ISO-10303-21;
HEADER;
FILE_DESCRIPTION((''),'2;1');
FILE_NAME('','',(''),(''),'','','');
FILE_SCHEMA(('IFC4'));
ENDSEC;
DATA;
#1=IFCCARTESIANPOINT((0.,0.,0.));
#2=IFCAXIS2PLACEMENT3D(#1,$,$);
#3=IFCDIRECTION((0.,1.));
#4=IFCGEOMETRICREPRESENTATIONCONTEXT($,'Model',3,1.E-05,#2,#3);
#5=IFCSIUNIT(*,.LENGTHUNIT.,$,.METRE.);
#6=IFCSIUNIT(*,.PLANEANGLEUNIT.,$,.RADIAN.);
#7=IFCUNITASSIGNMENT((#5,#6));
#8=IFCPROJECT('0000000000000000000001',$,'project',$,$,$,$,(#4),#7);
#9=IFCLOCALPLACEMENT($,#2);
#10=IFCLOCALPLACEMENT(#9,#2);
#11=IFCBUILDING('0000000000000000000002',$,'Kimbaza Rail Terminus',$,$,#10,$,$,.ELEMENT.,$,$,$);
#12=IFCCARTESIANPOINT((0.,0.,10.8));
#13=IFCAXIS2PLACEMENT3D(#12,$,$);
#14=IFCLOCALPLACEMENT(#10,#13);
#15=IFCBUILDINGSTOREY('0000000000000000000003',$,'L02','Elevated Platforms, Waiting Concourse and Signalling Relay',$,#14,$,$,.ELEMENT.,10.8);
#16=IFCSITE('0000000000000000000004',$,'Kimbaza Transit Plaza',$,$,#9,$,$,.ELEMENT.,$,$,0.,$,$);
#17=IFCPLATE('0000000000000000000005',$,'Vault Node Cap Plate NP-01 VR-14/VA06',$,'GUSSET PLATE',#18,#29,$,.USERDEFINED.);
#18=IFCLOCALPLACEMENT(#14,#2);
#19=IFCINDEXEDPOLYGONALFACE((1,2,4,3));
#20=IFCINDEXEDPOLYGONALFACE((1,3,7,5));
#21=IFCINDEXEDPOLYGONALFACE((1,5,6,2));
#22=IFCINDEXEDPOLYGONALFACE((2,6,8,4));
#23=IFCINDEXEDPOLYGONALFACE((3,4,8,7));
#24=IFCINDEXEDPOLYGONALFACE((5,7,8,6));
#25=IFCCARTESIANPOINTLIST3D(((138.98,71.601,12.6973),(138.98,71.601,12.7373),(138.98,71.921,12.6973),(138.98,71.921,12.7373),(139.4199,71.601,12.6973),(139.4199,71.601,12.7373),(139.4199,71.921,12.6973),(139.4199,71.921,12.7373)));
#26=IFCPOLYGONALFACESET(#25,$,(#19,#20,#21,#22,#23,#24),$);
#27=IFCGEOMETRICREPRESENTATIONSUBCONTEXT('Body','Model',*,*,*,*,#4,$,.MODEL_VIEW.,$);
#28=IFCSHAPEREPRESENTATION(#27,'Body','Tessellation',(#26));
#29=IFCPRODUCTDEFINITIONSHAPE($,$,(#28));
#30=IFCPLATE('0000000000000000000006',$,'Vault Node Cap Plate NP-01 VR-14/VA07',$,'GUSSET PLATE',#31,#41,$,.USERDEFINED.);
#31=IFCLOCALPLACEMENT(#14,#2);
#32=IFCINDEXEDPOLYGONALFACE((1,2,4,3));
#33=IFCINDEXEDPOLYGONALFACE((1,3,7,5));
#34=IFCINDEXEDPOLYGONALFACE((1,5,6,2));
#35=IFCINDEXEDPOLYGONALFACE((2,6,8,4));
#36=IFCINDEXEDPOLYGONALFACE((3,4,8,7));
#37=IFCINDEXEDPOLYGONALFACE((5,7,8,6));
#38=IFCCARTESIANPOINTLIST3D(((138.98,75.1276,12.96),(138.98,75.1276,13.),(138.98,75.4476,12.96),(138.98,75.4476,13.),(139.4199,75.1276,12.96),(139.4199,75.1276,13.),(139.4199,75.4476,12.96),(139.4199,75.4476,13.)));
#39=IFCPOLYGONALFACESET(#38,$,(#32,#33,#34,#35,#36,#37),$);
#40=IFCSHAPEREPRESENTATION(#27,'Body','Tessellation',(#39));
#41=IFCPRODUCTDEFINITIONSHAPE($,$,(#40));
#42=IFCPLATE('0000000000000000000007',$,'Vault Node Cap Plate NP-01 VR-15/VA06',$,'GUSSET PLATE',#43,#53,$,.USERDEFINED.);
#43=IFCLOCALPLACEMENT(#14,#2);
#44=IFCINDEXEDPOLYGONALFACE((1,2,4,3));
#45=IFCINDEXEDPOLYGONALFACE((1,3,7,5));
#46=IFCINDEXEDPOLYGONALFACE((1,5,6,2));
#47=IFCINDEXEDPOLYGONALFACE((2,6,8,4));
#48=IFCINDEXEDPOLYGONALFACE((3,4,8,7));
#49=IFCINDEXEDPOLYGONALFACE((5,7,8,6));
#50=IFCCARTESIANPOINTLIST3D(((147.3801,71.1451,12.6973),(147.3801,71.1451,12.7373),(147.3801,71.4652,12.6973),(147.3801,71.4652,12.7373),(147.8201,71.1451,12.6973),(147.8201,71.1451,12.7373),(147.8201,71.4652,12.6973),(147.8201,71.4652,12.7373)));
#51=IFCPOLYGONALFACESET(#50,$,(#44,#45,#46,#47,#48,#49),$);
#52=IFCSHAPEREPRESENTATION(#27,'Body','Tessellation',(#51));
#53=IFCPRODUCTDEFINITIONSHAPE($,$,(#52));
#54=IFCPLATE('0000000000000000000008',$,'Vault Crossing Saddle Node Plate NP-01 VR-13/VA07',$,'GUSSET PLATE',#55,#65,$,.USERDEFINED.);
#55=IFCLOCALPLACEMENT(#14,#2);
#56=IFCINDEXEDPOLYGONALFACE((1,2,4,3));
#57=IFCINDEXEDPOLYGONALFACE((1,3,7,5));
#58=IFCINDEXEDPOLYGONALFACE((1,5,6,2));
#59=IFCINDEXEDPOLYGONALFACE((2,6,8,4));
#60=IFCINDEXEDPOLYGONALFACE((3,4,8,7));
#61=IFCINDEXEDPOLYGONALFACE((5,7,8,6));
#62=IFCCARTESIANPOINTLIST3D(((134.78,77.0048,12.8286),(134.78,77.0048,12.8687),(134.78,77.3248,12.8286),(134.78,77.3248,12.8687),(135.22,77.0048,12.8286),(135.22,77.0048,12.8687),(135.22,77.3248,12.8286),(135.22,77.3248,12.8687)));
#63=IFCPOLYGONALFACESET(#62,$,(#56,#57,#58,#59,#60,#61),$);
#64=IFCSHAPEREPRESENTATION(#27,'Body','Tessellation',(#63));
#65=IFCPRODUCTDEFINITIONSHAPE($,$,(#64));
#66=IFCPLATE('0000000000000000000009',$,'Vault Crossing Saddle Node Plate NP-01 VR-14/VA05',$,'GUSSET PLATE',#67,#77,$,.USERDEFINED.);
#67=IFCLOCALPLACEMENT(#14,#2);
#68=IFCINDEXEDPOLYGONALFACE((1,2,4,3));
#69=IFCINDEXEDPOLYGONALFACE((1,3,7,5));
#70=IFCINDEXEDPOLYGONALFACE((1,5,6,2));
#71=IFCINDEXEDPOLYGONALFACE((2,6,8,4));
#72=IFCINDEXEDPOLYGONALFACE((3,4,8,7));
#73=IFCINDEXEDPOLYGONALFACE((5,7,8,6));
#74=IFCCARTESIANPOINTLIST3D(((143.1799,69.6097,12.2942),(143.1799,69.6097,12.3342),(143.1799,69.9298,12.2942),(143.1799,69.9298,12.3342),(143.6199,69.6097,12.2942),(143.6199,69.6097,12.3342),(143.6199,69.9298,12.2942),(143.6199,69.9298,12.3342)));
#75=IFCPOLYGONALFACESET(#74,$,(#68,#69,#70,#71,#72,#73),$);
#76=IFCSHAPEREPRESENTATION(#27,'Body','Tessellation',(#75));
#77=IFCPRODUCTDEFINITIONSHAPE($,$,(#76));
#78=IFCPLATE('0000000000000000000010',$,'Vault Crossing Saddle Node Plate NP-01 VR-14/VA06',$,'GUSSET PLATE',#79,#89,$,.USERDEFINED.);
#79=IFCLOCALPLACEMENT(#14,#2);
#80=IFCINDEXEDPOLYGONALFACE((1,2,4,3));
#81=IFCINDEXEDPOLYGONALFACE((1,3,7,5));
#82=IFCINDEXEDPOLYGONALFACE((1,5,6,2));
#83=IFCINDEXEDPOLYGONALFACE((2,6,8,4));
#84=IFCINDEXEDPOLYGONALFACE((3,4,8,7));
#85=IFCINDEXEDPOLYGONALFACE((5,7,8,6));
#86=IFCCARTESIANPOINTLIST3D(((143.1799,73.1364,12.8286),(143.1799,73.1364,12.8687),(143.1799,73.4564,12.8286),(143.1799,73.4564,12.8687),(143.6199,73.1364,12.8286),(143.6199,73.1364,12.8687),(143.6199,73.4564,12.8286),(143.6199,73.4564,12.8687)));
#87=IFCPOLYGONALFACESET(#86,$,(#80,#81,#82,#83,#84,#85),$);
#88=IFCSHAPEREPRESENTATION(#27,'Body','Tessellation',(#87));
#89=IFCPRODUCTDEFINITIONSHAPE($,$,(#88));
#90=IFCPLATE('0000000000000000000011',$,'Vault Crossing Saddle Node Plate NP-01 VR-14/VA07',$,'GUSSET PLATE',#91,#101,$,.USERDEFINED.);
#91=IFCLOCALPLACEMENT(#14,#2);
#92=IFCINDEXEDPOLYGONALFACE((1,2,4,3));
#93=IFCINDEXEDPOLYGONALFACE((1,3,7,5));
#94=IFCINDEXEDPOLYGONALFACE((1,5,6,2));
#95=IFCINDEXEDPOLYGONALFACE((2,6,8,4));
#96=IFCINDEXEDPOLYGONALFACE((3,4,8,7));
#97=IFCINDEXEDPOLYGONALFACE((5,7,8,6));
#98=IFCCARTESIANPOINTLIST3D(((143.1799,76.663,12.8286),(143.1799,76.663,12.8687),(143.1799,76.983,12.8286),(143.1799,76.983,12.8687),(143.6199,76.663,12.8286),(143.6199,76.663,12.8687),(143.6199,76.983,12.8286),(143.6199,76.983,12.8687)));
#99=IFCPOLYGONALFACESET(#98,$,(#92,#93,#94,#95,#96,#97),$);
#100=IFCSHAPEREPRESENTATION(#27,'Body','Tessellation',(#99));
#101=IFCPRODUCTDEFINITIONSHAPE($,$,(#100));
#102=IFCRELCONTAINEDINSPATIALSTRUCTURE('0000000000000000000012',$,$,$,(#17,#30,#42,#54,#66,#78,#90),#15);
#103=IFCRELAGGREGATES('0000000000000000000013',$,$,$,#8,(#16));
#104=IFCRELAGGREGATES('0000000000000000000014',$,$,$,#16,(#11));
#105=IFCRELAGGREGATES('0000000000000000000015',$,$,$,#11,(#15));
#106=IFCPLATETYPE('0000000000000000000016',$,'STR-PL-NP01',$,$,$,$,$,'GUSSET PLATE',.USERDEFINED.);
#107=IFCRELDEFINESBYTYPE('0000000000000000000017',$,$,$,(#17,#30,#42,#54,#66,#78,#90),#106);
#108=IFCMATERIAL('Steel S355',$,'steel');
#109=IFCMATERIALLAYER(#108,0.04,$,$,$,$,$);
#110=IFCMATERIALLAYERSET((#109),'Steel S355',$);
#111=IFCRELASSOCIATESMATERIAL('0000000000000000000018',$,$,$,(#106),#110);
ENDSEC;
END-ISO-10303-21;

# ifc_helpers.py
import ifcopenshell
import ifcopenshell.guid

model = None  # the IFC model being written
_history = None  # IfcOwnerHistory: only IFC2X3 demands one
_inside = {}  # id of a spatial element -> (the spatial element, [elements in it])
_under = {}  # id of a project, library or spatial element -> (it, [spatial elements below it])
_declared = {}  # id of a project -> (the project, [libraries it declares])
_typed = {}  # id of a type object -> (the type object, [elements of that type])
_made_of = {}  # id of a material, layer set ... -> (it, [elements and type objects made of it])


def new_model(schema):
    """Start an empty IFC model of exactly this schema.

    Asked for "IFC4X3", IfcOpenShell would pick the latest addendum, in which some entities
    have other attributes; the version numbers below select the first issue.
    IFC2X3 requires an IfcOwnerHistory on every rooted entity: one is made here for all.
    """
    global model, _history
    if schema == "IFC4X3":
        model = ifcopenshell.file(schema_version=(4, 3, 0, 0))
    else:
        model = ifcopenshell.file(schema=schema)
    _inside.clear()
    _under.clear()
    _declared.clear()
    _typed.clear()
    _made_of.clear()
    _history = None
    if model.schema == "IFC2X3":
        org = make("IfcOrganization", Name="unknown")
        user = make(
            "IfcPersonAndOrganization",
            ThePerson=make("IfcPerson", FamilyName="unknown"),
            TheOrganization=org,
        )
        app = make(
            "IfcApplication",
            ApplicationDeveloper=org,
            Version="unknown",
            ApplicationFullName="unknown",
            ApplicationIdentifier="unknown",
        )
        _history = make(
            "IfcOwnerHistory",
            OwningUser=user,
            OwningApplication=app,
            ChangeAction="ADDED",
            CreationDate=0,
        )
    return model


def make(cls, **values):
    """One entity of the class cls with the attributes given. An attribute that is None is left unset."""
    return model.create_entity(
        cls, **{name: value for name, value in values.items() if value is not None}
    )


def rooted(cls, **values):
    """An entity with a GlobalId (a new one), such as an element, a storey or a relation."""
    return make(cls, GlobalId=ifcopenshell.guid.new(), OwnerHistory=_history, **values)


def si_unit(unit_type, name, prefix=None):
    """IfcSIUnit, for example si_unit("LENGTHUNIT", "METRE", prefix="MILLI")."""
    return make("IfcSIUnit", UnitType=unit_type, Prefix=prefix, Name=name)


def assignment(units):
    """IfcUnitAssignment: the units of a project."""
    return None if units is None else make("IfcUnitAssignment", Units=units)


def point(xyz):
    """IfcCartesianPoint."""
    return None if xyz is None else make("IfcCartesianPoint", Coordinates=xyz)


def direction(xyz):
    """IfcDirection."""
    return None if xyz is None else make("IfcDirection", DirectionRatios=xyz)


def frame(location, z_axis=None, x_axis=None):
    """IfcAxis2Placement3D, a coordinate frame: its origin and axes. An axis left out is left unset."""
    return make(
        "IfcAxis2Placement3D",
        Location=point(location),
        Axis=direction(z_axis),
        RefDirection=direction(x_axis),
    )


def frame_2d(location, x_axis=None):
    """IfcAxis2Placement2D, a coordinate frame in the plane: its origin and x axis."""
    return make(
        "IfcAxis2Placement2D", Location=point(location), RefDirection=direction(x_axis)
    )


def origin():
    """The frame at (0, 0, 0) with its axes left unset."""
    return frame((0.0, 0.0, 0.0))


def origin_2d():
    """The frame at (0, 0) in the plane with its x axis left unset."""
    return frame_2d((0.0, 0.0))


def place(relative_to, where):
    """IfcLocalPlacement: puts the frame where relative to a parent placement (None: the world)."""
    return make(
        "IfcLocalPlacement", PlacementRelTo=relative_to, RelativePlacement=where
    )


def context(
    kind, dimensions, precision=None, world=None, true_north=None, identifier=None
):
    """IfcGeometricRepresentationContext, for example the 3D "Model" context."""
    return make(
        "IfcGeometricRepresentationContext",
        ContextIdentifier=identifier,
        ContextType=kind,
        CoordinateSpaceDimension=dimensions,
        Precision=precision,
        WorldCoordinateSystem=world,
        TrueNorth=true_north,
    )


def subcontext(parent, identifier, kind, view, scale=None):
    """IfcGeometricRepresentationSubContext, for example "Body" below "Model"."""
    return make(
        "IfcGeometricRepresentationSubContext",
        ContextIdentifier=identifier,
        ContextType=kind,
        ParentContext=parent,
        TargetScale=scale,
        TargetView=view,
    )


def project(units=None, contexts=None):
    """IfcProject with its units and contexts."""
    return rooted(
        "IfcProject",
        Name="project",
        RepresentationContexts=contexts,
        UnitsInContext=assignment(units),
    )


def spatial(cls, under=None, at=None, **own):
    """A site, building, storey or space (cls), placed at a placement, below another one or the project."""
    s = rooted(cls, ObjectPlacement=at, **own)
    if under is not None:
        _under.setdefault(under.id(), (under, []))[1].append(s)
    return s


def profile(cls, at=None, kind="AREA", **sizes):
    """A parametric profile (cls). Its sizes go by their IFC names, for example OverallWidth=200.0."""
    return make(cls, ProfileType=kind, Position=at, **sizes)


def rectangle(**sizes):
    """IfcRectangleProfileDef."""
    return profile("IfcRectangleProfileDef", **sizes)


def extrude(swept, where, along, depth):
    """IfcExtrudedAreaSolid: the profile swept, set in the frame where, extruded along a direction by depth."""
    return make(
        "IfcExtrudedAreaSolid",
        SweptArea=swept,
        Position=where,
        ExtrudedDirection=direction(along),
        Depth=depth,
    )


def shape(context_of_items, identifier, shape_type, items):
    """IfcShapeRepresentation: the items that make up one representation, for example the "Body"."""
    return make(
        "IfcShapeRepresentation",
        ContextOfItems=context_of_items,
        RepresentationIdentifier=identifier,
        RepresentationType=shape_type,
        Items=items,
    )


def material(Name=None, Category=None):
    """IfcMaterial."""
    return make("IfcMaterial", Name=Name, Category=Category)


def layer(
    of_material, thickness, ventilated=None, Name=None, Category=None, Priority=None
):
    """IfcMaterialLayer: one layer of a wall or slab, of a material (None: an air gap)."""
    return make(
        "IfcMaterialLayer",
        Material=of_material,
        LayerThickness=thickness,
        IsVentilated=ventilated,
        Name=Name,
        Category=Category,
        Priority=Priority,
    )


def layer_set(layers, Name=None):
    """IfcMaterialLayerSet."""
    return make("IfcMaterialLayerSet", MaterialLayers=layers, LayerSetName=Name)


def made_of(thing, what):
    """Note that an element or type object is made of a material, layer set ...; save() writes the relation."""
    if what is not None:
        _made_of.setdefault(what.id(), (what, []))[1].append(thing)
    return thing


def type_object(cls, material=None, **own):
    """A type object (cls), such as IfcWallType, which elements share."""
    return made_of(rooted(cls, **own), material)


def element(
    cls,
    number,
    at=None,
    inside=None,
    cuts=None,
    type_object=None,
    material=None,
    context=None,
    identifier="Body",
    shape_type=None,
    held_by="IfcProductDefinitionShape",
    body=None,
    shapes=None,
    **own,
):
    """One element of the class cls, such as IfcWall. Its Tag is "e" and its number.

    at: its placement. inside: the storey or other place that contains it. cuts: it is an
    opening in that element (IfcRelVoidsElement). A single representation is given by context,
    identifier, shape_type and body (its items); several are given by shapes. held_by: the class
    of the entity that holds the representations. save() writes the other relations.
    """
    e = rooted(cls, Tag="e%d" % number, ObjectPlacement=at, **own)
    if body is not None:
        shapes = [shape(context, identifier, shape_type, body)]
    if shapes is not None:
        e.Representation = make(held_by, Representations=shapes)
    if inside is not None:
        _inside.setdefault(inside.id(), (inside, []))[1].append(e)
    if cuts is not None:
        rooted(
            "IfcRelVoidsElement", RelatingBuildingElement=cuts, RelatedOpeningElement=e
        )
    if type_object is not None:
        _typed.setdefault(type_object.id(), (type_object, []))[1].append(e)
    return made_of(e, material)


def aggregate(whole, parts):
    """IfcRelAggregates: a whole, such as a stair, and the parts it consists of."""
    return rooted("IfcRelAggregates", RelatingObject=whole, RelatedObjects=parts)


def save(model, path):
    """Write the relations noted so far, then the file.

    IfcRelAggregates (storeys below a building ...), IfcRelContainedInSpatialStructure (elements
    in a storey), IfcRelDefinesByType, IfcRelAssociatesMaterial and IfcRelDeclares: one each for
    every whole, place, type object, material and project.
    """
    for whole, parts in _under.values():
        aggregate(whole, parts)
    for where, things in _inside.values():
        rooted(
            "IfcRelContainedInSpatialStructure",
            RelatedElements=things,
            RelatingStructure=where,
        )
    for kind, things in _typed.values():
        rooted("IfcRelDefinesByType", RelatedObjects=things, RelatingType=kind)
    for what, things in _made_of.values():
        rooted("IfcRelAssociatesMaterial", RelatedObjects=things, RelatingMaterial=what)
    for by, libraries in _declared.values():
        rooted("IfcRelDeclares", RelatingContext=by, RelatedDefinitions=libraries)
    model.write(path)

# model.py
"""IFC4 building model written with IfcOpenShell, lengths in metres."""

from ifc_helpers import new_model, si_unit, direction, frame, origin, origin_2d, place, context, subcontext, project, spatial, rectangle, extrude, material, layer, layer_set, type_object, element, save


model = new_model("IFC4")

# Units and contexts
model_context = context("Model", 3, precision=1e-05, world=origin(), true_north=direction((0.0, 1.0)))
body_context = subcontext(model_context, "Body", "Model", "MODEL_VIEW")
ifc_project = project(units=[si_unit("LENGTHUNIT", "METRE"), si_unit("PLANEANGLEUNIT", "RADIAN")], contexts=[model_context])

# Site, building, storey
site_placement = place(None, origin())
site = spatial("IfcSite", under=ifc_project, at=site_placement, Name="Kimbaza Transit Plaza", CompositionType="ELEMENT", RefElevation=0.0)
building_placement = place(site_placement, origin())
building = spatial("IfcBuilding", under=site, at=building_placement, Name="Kimbaza Rail Terminus", CompositionType="ELEMENT")
storey_placement = place(building_placement, frame((0.0, 0.0, 10.8)))
storey = spatial("IfcBuildingStorey", under=building, at=storey_placement, Name="L02", Description="Elevated Platforms, Waiting Concourse and Signalling Relay", CompositionType="ELEMENT", Elevation=10.8)

# Plates
ifc_material_1 = material(Name="Steel S355", Category="steel")
ifc_layer_1 = layer(ifc_material_1, 0.04)
ifc_layer_set_1 = layer_set([ifc_layer_1], Name="Steel S355")
plate_type_1 = type_object("IfcPlateType", Name="STR-PL-NP01", ElementType="GUSSET PLATE", PredefinedType="USERDEFINED", material=ifc_layer_set_1)
for number, where, z_axis, x_axis, name in (
    (1, (139.2, 71.761, 12.6973), (0.0, 0.0, 1.0), (1.0, 0.0, 0.0), "Vault Node Cap Plate NP-01 VR-14/VA06"),
    (2, (139.2, 75.2876, 12.96), (0.0, 0.0, 1.0), (1.0, 0.0, 0.0), "Vault Node Cap Plate NP-01 VR-14/VA07"),
    (3, (147.6001, 71.3052, 12.6973), (0.0, 0.0, 1.0), (1.0, 0.0, 0.0), "Vault Node Cap Plate NP-01 VR-15/VA06"),
    (4, (135.0, 77.1648, 12.8286), (0.0, 0.0, 1.0), (1.0, 0.0, 0.0), "Vault Crossing Saddle Node Plate NP-01 VR-13/VA07"),
    (5, (143.3999, 69.7698, 12.2942), (0.0, 0.0, 1.0), (1.0, 0.0, 0.0), "Vault Crossing Saddle Node Plate NP-01 VR-14/VA05"),
    (6, (143.3999, 73.2964, 12.8286), (0.0, 0.0, 1.0), (1.0, 0.0, 0.0), "Vault Crossing Saddle Node Plate NP-01 VR-14/VA06"),
    (7, (143.3999, 76.823, 12.8286), (0.0, 0.0, 1.0), (1.0, 0.0, 0.0), "Vault Crossing Saddle Node Plate NP-01 VR-14/VA07"),
):
    element("IfcPlate", number, at=place(storey_placement, frame(where, z_axis=z_axis, x_axis=x_axis)), inside=storey, type_object=plate_type_1, Name=name, ObjectType="GUSSET PLATE", PredefinedType="USERDEFINED", context=body_context, shape_type="SweptSolid", body=[
        extrude(rectangle(XDim=0.4399, YDim=0.3201, at=origin_2d()), origin(), (0.0, 0.0, 1.0), 0.04),
    ])

save(model, "model.ifc")
